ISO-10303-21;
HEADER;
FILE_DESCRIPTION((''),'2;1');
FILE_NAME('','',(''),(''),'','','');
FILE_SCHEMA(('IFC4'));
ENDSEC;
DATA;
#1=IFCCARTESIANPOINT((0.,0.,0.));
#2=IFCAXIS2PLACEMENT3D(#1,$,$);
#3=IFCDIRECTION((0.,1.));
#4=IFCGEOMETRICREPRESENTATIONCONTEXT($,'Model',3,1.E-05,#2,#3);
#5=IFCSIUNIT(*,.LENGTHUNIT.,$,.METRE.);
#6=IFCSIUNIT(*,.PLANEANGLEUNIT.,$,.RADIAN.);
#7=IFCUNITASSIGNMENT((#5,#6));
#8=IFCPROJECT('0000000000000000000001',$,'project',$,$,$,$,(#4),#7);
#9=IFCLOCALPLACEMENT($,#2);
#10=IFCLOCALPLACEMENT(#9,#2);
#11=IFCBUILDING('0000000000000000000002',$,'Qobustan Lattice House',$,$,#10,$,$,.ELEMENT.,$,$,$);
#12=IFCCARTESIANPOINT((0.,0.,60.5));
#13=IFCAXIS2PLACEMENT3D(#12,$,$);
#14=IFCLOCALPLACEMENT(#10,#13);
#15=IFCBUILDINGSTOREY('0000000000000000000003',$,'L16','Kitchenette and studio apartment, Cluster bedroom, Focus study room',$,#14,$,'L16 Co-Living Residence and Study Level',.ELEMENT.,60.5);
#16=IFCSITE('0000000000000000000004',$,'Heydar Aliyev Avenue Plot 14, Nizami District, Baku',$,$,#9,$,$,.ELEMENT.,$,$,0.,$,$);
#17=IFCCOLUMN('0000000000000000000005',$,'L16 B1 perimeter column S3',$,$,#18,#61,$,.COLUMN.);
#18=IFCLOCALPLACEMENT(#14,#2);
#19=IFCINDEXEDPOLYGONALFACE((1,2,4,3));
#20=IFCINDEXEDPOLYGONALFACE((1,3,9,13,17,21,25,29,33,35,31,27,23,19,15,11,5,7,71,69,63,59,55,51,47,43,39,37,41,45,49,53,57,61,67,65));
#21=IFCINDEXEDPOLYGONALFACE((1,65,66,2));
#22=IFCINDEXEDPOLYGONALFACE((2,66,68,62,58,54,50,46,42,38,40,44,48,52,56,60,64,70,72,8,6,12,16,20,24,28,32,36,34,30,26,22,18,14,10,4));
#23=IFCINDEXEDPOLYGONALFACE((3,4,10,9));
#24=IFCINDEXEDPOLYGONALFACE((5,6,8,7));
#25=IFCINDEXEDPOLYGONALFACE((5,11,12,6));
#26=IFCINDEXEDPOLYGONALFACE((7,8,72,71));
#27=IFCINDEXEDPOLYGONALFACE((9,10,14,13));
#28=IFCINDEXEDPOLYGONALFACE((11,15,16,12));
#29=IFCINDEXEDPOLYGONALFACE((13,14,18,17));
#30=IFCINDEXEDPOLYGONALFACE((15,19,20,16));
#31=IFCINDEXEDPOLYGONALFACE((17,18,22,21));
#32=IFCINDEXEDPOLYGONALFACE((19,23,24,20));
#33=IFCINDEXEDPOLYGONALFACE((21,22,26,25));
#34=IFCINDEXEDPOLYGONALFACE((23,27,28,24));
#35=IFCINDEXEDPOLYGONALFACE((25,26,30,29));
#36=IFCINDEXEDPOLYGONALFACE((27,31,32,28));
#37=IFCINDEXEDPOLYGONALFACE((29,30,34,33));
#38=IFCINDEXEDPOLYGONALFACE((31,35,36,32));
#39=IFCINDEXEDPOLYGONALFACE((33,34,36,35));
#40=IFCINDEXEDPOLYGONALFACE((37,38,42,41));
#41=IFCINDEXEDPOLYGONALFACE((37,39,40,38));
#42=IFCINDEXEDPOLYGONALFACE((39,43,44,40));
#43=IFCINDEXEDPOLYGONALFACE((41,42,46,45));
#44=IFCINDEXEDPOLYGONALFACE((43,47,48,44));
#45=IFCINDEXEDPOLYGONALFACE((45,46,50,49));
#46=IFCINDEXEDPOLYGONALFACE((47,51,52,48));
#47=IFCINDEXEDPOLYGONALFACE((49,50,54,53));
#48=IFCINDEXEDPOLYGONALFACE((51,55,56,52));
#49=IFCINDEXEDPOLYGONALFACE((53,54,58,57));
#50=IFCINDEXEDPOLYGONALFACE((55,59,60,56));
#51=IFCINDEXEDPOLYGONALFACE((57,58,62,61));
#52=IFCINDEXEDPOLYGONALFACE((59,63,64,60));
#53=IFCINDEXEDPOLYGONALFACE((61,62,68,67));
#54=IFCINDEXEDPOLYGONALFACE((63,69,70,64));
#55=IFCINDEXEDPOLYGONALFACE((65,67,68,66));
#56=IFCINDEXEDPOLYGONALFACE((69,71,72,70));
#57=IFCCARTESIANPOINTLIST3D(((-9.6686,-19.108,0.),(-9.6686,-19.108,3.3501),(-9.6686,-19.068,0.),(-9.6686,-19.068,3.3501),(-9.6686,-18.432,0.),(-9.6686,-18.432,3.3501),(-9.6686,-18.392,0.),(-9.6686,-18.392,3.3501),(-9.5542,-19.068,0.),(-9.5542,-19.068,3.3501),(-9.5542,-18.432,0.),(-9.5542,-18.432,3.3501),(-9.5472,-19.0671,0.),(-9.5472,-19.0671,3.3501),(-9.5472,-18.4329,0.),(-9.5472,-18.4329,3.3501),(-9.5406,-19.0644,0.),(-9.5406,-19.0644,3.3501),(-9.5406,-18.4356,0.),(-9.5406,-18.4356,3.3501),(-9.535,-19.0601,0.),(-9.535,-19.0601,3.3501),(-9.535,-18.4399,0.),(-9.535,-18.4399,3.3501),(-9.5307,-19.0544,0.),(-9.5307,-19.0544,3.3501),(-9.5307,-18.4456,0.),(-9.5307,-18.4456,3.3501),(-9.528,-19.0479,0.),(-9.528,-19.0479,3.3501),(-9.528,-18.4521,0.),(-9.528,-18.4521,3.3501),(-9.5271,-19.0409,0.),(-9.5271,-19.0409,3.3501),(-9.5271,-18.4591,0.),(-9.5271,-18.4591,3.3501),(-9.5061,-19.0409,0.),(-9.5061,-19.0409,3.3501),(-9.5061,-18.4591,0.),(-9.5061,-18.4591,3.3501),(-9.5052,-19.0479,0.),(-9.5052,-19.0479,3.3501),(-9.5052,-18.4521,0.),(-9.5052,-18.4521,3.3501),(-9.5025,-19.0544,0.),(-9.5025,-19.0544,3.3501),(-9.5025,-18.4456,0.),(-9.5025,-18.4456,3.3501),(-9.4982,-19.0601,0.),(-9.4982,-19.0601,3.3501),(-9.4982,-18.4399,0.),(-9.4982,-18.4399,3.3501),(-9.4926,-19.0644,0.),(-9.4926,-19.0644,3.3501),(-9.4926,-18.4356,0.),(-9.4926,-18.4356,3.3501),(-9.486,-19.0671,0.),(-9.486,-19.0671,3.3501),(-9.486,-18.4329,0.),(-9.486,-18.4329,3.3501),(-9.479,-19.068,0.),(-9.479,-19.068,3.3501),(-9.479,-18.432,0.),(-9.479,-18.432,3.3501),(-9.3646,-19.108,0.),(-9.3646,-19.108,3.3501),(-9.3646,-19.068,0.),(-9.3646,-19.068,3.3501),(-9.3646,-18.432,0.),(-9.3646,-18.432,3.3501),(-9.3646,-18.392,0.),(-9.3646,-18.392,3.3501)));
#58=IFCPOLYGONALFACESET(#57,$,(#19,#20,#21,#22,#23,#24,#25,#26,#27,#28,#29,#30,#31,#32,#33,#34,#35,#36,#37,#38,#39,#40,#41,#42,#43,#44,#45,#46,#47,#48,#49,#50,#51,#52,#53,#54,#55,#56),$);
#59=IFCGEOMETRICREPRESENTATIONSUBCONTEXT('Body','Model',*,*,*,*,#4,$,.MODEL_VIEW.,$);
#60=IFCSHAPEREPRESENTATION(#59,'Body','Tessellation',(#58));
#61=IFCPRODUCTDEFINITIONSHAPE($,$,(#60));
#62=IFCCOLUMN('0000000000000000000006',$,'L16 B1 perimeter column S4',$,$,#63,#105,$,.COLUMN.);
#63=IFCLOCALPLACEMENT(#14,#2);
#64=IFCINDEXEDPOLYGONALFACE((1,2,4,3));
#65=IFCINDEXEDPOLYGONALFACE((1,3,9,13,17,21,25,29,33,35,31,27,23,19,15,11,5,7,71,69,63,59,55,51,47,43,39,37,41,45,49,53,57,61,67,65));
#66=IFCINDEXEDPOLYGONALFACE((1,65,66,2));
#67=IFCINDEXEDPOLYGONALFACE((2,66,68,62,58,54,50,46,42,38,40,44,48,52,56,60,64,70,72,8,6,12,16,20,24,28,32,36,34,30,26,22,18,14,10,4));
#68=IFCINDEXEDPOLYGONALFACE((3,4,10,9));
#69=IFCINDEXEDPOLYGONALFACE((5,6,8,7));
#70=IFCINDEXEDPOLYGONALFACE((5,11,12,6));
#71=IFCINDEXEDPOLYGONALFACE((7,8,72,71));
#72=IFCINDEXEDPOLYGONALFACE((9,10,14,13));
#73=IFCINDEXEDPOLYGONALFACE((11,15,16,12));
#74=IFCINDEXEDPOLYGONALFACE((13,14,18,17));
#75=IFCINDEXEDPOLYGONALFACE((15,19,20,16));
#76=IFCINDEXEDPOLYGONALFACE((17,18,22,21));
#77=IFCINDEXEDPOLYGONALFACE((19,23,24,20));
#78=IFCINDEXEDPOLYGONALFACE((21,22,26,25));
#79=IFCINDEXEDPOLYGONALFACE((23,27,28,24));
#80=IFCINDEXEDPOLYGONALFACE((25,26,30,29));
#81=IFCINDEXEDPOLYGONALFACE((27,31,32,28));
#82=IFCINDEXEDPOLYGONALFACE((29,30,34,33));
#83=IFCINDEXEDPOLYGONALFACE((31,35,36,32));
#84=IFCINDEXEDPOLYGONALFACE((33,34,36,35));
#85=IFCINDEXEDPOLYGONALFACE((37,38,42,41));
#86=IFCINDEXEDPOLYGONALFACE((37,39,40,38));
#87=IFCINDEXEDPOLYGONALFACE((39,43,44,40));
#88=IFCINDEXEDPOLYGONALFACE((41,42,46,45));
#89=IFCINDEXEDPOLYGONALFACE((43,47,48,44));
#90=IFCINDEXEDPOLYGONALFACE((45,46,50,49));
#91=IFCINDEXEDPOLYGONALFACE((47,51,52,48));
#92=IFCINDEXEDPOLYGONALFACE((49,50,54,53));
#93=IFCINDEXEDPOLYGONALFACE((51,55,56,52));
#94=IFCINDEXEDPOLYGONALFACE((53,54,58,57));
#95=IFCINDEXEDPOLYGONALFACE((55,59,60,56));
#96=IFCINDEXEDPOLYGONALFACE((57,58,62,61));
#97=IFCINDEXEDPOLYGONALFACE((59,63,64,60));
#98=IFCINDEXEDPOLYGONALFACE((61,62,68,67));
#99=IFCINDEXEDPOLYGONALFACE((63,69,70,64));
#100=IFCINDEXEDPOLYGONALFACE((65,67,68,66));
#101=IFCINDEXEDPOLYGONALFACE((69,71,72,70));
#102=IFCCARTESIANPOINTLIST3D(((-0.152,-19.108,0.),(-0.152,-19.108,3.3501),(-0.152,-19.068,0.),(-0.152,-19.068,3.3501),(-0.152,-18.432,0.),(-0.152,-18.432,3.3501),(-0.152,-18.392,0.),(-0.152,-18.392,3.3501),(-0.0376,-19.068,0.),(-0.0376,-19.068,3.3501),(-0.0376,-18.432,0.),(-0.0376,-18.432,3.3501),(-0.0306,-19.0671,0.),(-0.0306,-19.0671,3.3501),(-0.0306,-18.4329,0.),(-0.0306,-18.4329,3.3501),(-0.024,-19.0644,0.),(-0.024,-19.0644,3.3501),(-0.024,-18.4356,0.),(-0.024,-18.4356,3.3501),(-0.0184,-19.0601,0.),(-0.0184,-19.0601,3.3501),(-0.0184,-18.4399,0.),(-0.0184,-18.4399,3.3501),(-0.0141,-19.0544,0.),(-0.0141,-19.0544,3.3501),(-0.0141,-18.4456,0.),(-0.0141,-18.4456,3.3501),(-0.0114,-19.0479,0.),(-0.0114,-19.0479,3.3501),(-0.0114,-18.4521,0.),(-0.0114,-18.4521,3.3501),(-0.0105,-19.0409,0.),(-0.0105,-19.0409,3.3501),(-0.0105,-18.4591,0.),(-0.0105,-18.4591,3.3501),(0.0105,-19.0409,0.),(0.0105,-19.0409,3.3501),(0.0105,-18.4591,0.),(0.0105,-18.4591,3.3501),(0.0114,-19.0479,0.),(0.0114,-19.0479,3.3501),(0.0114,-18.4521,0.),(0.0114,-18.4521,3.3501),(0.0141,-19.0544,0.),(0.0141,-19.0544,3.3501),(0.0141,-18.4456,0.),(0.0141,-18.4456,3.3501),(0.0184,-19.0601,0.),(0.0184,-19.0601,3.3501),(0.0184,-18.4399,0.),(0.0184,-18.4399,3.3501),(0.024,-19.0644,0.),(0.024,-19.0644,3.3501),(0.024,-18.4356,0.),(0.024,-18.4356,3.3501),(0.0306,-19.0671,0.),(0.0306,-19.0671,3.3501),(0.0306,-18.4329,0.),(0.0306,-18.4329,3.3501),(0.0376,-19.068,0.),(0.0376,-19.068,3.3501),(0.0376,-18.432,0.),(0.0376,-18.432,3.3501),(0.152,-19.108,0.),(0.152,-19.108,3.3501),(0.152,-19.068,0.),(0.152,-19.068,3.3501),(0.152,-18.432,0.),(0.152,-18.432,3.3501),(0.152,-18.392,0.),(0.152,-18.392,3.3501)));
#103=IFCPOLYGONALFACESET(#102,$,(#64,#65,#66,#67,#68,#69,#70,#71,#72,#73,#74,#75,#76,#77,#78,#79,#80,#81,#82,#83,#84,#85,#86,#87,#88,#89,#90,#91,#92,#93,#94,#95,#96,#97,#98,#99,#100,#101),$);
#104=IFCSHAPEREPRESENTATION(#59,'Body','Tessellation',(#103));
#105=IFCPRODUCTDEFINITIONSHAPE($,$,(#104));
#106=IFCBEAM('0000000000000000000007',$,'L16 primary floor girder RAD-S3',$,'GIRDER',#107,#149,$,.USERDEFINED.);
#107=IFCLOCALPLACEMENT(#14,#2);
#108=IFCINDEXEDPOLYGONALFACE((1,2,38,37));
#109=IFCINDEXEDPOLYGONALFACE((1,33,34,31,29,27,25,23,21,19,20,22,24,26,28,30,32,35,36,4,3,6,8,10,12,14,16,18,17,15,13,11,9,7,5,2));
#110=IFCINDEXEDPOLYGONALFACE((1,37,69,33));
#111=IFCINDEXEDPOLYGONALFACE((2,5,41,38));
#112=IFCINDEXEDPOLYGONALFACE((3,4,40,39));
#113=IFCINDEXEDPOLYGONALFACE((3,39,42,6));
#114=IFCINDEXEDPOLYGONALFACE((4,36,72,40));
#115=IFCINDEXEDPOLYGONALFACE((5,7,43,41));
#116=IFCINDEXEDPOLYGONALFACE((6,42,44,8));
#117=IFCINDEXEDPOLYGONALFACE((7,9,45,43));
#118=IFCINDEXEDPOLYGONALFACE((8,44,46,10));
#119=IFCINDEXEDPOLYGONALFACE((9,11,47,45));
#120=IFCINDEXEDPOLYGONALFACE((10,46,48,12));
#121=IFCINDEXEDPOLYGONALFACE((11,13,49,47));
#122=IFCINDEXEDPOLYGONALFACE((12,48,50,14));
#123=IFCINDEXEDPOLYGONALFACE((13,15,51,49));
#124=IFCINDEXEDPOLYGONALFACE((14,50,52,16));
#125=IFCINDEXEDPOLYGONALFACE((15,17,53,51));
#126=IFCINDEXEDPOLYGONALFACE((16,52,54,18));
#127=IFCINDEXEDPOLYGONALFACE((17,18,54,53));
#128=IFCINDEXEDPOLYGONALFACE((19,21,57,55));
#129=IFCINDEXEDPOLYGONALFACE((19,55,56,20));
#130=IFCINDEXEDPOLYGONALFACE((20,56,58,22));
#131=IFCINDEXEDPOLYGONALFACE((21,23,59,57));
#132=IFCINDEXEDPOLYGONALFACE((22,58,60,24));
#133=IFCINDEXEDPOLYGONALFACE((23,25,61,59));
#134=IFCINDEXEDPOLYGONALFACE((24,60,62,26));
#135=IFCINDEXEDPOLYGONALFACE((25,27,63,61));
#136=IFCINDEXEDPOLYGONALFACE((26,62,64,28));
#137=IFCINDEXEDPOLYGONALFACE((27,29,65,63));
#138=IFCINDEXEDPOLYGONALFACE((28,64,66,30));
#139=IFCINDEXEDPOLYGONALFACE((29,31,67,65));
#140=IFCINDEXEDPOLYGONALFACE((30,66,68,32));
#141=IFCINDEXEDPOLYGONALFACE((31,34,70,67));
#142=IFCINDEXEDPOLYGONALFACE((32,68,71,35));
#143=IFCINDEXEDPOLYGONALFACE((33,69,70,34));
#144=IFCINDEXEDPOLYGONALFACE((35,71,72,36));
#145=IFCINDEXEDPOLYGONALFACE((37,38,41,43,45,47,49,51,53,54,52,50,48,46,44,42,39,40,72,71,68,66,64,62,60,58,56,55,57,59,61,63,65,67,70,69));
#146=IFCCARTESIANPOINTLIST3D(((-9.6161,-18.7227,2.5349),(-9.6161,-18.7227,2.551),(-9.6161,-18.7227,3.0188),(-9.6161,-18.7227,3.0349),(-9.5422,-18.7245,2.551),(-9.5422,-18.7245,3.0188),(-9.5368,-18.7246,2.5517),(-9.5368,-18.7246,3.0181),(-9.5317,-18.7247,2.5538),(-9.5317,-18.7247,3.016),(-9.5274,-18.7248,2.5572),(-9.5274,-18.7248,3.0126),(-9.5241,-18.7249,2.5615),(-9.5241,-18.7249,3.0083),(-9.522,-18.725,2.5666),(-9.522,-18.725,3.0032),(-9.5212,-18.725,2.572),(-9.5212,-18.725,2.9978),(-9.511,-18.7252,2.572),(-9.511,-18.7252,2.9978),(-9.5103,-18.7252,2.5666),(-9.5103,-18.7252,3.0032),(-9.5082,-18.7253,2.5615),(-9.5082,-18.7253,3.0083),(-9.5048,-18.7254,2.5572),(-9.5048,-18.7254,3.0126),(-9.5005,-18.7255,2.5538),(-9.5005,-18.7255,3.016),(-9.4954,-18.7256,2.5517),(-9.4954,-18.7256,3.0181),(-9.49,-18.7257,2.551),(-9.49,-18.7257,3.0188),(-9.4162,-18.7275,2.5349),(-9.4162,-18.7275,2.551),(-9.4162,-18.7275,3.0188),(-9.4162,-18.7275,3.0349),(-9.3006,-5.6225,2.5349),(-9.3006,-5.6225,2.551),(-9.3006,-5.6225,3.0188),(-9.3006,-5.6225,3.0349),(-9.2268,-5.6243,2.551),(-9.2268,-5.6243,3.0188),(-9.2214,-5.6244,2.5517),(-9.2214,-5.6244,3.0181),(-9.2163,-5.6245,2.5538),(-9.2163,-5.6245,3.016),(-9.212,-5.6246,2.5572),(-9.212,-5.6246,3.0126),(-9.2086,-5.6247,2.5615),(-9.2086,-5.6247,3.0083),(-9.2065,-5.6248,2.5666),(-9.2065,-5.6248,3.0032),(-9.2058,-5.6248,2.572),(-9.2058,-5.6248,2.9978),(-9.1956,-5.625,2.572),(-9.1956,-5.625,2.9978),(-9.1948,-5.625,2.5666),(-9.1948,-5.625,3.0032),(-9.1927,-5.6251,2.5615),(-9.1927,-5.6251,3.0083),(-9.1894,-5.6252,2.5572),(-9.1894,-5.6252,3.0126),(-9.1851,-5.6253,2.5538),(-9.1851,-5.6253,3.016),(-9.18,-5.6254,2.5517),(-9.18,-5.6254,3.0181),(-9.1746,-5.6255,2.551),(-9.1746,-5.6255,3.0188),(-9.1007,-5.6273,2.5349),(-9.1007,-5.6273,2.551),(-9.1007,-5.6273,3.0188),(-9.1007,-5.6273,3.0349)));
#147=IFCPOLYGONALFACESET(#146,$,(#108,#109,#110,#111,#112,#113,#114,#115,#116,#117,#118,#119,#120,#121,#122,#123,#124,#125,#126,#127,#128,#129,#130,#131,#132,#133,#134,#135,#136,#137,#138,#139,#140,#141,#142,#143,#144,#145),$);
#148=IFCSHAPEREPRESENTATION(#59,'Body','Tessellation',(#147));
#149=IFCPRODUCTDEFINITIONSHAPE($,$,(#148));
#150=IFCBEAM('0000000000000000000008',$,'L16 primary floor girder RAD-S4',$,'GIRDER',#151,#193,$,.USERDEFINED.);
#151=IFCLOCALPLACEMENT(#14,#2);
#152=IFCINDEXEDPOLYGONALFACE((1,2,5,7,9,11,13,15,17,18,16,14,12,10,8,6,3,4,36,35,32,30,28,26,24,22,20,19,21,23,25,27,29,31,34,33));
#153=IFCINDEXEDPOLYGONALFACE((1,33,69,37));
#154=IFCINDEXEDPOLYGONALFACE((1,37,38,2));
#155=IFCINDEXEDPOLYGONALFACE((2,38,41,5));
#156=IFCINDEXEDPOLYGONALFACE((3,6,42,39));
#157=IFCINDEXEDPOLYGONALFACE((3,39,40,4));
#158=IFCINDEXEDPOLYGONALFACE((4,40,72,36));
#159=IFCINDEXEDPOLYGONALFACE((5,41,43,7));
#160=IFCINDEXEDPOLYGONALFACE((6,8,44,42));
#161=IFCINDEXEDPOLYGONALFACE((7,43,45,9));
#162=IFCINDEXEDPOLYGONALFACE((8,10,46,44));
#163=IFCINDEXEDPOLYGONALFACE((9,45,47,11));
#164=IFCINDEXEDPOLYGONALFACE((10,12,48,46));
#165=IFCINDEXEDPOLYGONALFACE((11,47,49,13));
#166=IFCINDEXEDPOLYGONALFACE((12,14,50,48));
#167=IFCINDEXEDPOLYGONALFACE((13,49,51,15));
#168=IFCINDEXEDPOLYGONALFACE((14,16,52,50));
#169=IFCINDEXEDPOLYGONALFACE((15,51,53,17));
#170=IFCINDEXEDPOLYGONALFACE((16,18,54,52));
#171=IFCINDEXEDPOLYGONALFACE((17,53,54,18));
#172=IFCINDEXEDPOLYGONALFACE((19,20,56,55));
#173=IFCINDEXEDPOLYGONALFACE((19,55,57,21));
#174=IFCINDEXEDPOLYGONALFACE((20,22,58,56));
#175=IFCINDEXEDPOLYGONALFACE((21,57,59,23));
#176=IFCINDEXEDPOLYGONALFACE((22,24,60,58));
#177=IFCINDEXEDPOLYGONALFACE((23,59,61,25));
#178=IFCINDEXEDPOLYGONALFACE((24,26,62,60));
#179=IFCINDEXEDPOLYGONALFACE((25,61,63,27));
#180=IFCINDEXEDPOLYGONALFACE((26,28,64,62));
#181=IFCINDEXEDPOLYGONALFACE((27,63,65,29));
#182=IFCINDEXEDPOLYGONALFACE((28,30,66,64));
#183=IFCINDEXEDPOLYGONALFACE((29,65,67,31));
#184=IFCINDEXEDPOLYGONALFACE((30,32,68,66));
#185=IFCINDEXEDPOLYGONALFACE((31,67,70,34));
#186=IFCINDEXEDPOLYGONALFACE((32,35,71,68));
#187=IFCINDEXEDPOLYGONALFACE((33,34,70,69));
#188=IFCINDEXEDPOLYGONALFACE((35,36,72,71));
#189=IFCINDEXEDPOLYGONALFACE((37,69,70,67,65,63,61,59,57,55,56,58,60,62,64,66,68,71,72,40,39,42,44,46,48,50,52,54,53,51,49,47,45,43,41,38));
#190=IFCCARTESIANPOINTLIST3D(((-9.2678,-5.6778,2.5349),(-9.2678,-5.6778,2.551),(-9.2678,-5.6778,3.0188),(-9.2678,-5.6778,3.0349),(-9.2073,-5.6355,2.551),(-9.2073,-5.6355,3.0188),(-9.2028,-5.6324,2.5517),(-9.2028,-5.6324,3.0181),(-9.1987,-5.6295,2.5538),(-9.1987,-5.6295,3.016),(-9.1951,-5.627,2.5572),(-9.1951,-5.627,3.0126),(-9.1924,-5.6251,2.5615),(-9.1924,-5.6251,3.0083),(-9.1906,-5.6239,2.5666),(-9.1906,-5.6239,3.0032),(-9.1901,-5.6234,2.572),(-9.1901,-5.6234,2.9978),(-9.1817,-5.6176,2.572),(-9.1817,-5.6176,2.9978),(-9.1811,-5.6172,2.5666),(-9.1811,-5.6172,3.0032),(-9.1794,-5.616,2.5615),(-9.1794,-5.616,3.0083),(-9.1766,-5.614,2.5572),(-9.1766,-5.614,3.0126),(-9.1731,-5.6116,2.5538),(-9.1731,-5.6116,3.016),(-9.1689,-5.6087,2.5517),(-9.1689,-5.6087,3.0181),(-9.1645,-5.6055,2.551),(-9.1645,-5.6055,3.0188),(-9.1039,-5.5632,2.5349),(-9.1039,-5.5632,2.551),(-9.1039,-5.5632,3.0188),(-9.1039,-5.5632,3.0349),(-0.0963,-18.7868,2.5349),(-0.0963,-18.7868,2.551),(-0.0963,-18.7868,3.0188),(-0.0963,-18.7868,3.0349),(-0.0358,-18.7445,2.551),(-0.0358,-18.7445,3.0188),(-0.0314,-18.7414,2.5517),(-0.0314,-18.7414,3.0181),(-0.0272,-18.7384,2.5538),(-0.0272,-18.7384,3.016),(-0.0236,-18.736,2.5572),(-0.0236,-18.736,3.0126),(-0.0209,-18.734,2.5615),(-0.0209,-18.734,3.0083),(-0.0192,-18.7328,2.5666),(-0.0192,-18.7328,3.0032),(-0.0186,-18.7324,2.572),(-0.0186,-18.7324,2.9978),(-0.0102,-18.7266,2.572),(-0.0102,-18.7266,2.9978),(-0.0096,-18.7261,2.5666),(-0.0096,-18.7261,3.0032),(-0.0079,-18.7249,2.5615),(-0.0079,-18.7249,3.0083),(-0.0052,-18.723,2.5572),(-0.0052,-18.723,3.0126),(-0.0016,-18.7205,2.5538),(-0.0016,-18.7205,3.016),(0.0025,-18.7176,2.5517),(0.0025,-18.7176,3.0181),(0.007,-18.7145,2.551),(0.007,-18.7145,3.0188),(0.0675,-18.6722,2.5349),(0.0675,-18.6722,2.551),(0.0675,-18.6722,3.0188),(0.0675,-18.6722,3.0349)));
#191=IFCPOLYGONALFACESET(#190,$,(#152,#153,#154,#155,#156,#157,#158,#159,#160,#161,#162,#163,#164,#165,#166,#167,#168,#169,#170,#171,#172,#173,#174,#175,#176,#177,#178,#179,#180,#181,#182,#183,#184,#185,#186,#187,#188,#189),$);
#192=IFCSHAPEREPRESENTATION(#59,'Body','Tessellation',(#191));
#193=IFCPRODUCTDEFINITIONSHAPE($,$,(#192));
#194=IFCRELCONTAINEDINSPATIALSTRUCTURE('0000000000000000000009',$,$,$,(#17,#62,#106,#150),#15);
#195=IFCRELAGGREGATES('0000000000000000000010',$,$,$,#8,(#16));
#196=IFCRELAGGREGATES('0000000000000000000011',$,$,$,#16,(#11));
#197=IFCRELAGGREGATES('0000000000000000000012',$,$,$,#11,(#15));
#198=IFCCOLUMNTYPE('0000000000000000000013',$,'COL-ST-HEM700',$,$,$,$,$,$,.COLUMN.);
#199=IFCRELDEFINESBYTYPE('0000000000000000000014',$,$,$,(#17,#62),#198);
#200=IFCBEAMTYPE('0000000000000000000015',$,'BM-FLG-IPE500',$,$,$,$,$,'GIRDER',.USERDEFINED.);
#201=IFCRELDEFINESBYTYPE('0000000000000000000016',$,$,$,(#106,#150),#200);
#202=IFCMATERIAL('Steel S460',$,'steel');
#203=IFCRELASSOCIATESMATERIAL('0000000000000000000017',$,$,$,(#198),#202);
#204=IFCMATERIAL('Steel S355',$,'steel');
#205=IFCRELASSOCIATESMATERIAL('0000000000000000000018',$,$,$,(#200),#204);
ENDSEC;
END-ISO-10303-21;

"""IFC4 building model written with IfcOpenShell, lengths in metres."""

from ifc_helpers import new_model, si_unit, direction, frame, origin, origin_2d, place, context, subcontext, project, spatial, i_section, extrude, material, material_profile, profile_set, type_object, element, save


model = new_model("IFC4")

# Units and contexts
model_context = context("Model", 3, precision=1e-05, world=origin(), true_north=direction((0.0, 1.0)))
body_context = subcontext(model_context, "Body", "Model", "MODEL_VIEW")
ifc_project = project(units=[si_unit("LENGTHUNIT", "METRE"), si_unit("PLANEANGLEUNIT", "RADIAN")], contexts=[model_context])

# Site, building, storey
site_placement = place(None, origin())
site = spatial("IfcSite", under=ifc_project, at=site_placement, Name="Heydar Aliyev Avenue Plot 14, Nizami District, Baku", CompositionType="ELEMENT", RefElevation=0.0)
building_placement = place(site_placement, origin())
building = spatial("IfcBuilding", under=site, at=building_placement, Name="Qobustan Lattice House", CompositionType="ELEMENT")
storey_placement = place(building_placement, frame((0.0, 0.0, 60.5)))
storey = spatial("IfcBuildingStorey", under=building, at=storey_placement, Name="L16", Description="Kitchenette and studio apartment, Cluster bedroom, Focus study room", LongName="L16 Co-Living Residence and Study Level", CompositionType="ELEMENT", Elevation=60.5)

# Columns
ifc_material_1 = material(Name="Steel S460", Category="steel")
ifc_material_profile_1 = material_profile(ifc_material_1, i_section(OverallWidth=0.304, OverallDepth=0.7161, WebThickness=0.021, FlangeThickness=0.04, FilletRadius=0.0271, at=origin_2d()), Name="HEM700")
ifc_profile_set_1 = profile_set([ifc_material_profile_1], Name="Steel S460")
column_type = type_object("IfcColumnType", Name="COL-ST-HEM700", PredefinedType="COLUMN", material=ifc_profile_set_1)
for number, where, z_axis, x_axis, name in (
    (1, (-9.5166, -18.75, 0.0), (0.0, 0.0, 1.0), (1.0, 0.0, 0.0), "L16 B1 perimeter column S3"),
    (2, (0.0, -18.75, 0.0), (0.0, 0.0, 1.0), (1.0, 0.0, 0.0), "L16 B1 perimeter column S4"),
):
    element("IfcColumn", number, at=place(storey_placement, frame(where, z_axis=z_axis, x_axis=x_axis)), inside=storey, type_object=column_type, Name=name, PredefinedType="COLUMN", context=body_context, shape_type="SweptSolid", body=[
        extrude(i_section(OverallWidth=0.304, OverallDepth=0.7161, WebThickness=0.021, FlangeThickness=0.04, FilletRadius=0.0271, at=origin_2d()), origin(), (0.0, 0.0, 1.0), 3.3501),
    ])

# Beams
ifc_material_2 = material(Name="Steel S355", Category="steel")
ifc_material_profile_2 = material_profile(ifc_material_2, i_section(OverallWidth=0.2, OverallDepth=0.5, WebThickness=0.0103, FlangeThickness=0.0161, FilletRadius=0.021, at=origin_2d()), Name="IPE500")
ifc_profile_set_2 = profile_set([ifc_material_profile_2], Name="Steel S355")
beam_type_1 = type_object("IfcBeamType", Name="BM-FLG-IPE500", ElementType="GIRDER", PredefinedType="USERDEFINED", material=ifc_profile_set_2)
beam_1_placement = place(storey_placement, frame((-9.5161, -18.7251, 2.7849), z_axis=(0.024071, 0.99971, 0.0), x_axis=(-0.99971, 0.024071, 0.0)))
element("IfcBeam", 3, at=beam_1_placement, inside=storey, type_object=beam_type_1, Name="L16 primary floor girder RAD-S3", ObjectType="GIRDER", PredefinedType="USERDEFINED", context=body_context, shape_type="SweptSolid", body=[
    extrude(i_section(OverallWidth=0.2, OverallDepth=0.5, WebThickness=0.0103, FlangeThickness=0.0161, FilletRadius=0.021, at=origin_2d()), origin(), (0.0, 0.0, 1.0), 13.104),
])
beam_2_placement = place(storey_placement, frame((-0.0144, -18.7295, 2.7849), z_axis=(-0.57326, 0.819374, 0.0), x_axis=(-0.819374, -0.57326, 0.0)))
element("IfcBeam", 4, at=beam_2_placement, inside=storey, type_object=beam_type_1, Name="L16 primary floor girder RAD-S4", ObjectType="GIRDER", PredefinedType="USERDEFINED", context=body_context, shape_type="SweptSolid", body=[
    extrude(i_section(OverallWidth=0.2, OverallDepth=0.5, WebThickness=0.0103, FlangeThickness=0.0161, FilletRadius=0.021, at=origin_2d()), origin(), (0.0, 0.0, 1.0), 15.9988),
])

save(model, "model.ifc")
